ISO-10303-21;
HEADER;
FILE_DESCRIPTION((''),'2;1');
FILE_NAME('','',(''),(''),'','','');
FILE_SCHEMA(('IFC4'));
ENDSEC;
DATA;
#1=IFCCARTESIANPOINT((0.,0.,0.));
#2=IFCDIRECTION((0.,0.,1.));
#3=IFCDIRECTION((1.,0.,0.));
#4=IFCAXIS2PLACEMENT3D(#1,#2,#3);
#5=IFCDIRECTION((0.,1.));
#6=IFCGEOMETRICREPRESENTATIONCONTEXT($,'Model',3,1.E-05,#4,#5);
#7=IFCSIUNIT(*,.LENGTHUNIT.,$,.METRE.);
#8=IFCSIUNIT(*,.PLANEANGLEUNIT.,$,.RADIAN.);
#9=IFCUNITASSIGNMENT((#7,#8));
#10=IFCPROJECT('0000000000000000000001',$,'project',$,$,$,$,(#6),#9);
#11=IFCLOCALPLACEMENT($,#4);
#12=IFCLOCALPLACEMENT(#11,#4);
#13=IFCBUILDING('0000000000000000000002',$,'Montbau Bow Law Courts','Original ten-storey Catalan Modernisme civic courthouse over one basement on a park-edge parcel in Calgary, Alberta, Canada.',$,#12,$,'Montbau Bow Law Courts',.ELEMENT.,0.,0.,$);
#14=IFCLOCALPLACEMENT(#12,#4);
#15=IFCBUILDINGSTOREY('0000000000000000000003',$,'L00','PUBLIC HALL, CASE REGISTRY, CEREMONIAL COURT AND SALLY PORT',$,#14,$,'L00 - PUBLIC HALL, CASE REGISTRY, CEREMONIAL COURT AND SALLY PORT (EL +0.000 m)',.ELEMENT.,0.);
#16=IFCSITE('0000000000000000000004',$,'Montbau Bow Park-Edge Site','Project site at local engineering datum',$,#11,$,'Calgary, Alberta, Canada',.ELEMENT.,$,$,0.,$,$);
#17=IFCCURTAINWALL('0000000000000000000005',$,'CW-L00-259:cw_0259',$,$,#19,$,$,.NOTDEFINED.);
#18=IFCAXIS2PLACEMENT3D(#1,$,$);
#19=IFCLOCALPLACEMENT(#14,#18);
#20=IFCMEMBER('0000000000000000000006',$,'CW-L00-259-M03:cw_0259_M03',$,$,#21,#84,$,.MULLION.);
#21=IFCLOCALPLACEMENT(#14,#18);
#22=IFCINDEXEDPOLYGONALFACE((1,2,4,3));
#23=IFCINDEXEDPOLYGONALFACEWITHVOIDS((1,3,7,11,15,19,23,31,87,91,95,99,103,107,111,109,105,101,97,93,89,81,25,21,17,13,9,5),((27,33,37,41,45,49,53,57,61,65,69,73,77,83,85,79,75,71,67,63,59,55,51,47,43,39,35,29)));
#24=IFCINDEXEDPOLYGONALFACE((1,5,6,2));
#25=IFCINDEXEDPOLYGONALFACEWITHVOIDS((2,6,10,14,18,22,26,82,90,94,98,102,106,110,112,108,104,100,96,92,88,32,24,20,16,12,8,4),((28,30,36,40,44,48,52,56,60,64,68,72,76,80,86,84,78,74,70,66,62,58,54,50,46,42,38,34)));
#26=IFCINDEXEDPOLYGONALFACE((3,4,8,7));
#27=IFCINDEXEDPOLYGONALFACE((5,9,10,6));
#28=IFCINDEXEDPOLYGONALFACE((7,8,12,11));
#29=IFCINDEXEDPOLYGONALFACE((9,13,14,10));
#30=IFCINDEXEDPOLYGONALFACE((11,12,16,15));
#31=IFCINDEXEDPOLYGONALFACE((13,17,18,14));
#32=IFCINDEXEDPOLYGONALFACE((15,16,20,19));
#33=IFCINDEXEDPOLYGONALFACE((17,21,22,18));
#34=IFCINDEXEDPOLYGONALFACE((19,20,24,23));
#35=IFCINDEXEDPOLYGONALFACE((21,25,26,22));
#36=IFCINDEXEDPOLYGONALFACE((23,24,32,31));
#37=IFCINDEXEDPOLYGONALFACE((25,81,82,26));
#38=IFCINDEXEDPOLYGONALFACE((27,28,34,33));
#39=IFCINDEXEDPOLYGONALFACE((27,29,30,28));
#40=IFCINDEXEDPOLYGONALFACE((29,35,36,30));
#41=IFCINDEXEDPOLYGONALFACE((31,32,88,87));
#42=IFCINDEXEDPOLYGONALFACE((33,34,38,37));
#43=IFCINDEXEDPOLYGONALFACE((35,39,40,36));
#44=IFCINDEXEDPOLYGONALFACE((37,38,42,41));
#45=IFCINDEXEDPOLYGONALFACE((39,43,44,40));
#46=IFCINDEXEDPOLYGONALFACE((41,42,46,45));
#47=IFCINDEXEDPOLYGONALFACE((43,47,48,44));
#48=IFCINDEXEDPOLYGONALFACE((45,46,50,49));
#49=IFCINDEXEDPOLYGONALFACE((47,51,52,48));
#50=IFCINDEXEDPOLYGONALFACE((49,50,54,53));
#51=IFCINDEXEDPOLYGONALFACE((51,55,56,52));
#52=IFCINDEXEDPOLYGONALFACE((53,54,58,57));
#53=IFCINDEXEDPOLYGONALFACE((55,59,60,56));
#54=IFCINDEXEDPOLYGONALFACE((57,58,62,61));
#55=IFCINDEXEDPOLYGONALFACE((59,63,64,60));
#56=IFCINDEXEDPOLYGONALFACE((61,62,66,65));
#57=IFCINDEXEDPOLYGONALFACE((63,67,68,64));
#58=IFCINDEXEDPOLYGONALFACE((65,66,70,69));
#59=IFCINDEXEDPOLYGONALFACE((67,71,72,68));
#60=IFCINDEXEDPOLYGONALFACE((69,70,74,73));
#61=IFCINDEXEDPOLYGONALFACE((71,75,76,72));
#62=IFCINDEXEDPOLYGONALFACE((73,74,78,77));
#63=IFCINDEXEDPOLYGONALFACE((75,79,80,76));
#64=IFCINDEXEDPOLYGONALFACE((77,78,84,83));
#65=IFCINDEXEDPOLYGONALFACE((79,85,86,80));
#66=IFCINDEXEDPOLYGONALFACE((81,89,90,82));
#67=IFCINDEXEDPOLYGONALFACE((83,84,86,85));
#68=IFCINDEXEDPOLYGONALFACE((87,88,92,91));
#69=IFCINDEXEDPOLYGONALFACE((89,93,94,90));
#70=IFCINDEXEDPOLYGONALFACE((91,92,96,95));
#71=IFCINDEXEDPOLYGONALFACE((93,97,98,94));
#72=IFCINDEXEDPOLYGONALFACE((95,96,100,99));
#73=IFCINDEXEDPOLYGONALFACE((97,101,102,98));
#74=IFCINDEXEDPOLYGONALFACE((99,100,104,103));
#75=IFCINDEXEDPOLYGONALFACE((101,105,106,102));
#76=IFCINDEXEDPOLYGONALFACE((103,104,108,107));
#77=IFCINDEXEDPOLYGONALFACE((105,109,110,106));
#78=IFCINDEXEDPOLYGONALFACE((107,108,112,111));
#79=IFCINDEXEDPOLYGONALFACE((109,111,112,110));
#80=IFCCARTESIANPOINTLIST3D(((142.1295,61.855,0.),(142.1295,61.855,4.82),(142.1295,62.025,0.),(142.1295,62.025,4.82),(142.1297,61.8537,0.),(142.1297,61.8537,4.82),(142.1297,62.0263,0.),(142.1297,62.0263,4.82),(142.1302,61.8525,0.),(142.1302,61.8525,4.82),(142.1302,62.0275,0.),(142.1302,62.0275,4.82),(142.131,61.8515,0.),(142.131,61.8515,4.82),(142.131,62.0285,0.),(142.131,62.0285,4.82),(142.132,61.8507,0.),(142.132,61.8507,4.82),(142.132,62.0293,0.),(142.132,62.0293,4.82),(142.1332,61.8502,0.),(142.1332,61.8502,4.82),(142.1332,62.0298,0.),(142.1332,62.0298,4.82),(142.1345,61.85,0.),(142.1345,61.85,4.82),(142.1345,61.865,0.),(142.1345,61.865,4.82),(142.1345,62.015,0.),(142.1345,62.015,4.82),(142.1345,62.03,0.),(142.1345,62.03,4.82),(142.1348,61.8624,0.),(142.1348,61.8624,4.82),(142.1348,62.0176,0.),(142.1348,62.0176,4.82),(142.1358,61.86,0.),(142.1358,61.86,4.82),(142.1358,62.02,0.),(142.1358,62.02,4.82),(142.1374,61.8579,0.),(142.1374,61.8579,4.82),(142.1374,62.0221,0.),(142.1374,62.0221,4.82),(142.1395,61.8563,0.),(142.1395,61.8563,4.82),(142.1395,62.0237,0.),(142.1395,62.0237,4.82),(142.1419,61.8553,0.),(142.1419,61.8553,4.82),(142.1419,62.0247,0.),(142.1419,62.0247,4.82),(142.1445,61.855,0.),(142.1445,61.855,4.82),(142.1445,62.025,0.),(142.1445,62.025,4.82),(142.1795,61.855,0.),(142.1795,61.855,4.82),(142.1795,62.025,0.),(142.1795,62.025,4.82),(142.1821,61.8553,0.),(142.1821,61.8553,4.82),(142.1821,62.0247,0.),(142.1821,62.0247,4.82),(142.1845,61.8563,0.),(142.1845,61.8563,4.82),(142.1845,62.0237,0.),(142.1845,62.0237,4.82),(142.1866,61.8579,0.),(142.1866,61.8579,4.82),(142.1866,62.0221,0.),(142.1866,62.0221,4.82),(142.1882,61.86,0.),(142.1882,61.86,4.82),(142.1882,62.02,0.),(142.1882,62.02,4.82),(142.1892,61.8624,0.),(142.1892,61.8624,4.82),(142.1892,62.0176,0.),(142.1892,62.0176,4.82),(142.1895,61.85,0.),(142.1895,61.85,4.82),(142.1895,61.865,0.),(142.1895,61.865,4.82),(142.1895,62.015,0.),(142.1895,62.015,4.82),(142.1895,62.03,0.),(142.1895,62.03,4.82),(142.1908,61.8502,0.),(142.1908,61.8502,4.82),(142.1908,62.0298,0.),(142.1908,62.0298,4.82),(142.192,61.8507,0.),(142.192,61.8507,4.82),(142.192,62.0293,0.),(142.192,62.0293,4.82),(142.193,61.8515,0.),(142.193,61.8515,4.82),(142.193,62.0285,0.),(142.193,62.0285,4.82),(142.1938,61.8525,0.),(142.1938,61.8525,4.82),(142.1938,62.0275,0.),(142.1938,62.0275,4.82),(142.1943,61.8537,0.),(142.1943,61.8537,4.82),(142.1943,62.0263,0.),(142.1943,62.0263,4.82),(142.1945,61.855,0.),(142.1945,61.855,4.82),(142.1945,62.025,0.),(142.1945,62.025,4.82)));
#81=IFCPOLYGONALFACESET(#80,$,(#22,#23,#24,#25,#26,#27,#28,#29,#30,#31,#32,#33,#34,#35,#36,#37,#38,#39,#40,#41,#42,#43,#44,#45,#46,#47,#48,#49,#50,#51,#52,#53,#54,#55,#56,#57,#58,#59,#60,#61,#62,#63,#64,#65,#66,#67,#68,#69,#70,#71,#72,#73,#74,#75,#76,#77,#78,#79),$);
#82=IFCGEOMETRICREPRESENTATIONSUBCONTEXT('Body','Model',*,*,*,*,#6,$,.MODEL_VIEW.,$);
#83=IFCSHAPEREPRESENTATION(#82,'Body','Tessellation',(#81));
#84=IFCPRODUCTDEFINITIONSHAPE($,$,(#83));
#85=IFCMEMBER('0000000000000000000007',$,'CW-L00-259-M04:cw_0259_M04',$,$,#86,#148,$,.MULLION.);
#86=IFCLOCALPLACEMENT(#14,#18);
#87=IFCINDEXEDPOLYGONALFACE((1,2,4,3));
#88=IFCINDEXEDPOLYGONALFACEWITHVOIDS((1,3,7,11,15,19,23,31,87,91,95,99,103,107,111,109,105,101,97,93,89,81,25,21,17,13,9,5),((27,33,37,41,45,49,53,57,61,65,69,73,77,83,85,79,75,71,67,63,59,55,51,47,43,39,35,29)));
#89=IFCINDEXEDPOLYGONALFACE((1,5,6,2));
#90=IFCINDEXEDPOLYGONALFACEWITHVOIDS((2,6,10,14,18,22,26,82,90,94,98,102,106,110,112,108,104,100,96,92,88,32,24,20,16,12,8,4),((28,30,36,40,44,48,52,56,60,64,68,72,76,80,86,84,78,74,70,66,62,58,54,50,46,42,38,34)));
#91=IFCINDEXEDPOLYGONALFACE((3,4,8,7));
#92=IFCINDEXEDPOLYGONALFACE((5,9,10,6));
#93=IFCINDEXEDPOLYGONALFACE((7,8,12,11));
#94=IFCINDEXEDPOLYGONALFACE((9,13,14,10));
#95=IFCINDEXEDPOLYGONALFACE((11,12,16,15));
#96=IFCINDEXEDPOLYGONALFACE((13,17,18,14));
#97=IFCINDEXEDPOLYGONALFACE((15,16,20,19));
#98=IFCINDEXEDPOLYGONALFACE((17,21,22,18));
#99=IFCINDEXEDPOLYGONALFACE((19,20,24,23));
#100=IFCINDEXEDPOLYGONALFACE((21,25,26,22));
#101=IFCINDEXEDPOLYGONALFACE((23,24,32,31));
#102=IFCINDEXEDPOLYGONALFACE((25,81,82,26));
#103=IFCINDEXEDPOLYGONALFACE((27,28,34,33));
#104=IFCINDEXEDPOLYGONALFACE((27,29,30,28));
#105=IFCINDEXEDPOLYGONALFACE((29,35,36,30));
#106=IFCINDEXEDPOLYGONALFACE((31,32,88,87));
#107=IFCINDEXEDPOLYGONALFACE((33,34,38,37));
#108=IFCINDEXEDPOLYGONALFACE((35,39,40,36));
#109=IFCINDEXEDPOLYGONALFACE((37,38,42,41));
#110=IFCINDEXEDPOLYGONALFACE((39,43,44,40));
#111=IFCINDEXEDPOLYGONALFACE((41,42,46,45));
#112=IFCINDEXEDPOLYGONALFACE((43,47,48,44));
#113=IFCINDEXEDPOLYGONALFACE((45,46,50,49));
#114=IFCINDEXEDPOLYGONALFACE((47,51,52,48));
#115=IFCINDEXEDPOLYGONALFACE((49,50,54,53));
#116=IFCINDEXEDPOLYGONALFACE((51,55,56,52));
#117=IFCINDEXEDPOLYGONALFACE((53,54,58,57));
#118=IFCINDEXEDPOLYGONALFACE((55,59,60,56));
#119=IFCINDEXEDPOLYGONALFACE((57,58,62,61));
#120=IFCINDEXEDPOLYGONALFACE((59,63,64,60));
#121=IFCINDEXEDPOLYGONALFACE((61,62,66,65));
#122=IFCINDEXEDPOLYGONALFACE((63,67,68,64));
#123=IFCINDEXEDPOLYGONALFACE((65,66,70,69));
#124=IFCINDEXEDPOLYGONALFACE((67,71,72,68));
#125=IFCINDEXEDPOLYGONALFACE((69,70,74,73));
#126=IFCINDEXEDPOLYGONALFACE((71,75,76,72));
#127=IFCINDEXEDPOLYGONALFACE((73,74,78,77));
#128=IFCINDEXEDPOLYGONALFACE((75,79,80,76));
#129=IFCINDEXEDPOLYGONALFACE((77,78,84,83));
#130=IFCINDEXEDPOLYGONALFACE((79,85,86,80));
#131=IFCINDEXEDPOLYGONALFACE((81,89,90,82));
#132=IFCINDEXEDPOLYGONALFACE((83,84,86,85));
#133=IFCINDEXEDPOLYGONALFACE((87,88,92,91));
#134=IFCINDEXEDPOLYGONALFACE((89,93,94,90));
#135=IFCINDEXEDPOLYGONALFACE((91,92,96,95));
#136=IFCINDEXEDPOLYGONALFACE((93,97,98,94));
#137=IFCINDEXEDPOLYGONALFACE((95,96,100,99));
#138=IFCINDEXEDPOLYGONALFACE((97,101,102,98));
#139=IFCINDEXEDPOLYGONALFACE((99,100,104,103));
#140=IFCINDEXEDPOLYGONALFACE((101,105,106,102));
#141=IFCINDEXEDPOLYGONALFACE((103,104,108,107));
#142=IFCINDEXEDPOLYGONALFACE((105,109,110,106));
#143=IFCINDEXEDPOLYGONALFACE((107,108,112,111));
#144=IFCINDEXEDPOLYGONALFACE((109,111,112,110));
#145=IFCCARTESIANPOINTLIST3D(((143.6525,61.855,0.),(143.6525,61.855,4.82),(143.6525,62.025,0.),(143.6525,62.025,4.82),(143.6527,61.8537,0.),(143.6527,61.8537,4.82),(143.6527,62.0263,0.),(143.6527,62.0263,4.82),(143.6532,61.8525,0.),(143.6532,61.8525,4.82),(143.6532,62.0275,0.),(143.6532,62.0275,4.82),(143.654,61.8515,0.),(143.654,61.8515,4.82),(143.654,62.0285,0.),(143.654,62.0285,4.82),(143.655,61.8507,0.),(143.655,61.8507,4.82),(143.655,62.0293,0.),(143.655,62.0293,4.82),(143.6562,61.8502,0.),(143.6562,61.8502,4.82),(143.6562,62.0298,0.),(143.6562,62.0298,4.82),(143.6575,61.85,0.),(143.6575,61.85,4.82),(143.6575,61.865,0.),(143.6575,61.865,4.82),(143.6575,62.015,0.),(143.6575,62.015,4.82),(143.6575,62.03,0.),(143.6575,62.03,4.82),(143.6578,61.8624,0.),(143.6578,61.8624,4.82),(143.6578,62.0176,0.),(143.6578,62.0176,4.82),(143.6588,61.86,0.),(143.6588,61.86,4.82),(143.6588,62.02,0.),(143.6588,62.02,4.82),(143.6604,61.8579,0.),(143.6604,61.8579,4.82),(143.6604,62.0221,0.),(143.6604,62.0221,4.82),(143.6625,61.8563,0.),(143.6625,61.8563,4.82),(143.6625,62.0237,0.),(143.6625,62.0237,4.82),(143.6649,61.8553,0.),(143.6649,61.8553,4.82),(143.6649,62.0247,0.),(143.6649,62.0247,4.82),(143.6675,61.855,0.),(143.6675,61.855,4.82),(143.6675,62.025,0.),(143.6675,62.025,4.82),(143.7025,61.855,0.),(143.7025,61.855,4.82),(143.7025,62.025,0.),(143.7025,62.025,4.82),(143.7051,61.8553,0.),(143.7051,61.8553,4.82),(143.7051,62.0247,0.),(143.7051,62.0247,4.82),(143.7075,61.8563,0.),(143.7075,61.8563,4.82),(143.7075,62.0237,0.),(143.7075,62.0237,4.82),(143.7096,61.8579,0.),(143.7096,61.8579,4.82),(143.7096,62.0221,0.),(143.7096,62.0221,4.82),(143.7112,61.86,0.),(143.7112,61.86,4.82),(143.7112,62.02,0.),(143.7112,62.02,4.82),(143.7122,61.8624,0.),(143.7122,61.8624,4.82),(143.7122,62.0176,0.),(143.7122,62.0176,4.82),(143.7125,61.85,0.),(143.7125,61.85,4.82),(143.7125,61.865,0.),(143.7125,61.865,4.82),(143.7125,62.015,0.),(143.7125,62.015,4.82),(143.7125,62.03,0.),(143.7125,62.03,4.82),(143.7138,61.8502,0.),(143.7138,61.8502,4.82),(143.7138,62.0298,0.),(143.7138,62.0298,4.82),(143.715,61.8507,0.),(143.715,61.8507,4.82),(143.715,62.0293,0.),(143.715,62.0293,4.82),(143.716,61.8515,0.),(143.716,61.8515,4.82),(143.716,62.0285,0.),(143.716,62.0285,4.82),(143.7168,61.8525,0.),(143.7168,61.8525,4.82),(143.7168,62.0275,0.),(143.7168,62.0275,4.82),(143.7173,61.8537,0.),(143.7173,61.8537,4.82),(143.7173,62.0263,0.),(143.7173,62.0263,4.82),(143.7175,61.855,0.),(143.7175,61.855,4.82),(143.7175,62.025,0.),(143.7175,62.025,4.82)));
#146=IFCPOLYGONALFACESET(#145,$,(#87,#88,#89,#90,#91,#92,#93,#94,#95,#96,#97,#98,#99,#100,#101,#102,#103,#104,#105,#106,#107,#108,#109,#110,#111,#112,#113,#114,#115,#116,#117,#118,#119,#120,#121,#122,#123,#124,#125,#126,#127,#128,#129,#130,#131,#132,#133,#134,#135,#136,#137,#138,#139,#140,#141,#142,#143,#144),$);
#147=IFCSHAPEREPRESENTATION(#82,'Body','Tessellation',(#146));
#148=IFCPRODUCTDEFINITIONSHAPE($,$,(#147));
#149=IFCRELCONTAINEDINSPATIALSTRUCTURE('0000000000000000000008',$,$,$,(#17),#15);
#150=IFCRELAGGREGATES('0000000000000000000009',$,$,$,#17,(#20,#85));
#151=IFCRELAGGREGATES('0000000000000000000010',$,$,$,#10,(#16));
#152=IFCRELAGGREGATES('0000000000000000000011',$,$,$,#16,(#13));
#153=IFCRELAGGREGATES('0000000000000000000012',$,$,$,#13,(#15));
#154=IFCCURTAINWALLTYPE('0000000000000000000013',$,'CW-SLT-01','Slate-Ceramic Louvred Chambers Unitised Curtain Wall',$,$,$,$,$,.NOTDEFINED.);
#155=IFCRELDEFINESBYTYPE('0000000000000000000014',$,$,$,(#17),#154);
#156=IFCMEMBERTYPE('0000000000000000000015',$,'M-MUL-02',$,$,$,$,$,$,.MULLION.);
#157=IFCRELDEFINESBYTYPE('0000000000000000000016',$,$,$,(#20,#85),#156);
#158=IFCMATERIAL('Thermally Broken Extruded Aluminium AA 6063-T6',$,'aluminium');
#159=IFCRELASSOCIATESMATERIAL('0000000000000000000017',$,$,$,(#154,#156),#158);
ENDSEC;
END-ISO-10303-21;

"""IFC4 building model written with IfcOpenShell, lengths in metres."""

from ifc_helpers import new_model, si_unit, direction, frame, origin_with_axes, origin_2d_with_axis, place, context, subcontext, project, spatial, hollow_rectangle, extrude, material, material_profile, profile_set, type_object, element, aggregate, save


model = new_model("IFC4")

# Units and contexts
model_context = context("Model", 3, precision=1e-05, world=origin_with_axes(), true_north=direction((0.0, 1.0)))
body_context = subcontext(model_context, "Body", "Model", "MODEL_VIEW")
ifc_project = project(units=[si_unit("LENGTHUNIT", "METRE"), si_unit("PLANEANGLEUNIT", "RADIAN")], contexts=[model_context])

# Site, building, storey
site_placement = place(None, origin_with_axes())
site = spatial("IfcSite", under=ifc_project, at=site_placement, Name="Montbau Bow Park-Edge Site", Description="Project site at local engineering datum", LongName="Calgary, Alberta, Canada", CompositionType="ELEMENT", RefElevation=0.0)
building_placement = place(site_placement, origin_with_axes())
building = spatial("IfcBuilding", under=site, at=building_placement, Name="Montbau Bow Law Courts", Description="Original ten-storey Catalan Modernisme civic courthouse over one basement on a park-edge parcel in Calgary, Alberta, Canada.", LongName="Montbau Bow Law Courts", CompositionType="ELEMENT", ElevationOfRefHeight=0.0, ElevationOfTerrain=0.0)
storey_placement = place(building_placement, origin_with_axes())
storey = spatial("IfcBuildingStorey", under=building, at=storey_placement, Name="L00", Description="PUBLIC HALL, CASE REGISTRY, CEREMONIAL COURT AND SALLY PORT", LongName="L00 - PUBLIC HALL, CASE REGISTRY, CEREMONIAL COURT AND SALLY PORT (EL +0.000 m)", CompositionType="ELEMENT", Elevation=0.0)

# Curtain wall, members
ifc_material_1 = material(Name="Thermally Broken Extruded Aluminium AA 6063-T6", Category="aluminium")
curtain_wall_type = type_object("IfcCurtainWallType", Name="CW-SLT-01", Description="Slate-Ceramic Louvred Chambers Unitised Curtain Wall", PredefinedType="NOTDEFINED", material=ifc_material_1)
curtain_wall_placement = place(None, frame((139.115, 61.94, 0.0), z_axis=(0.0, 0.0, 1.0), x_axis=(1.0, 0.0, 0.0)))
curtain_wall = element("IfcCurtainWall", 1, at=curtain_wall_placement, inside=storey, type_object=curtain_wall_type, Name="CW-L00-259:cw_0259", PredefinedType="NOTDEFINED")
ifc_material_profile_1 = material_profile(ifc_material_1, hollow_rectangle(XDim=0.065, YDim=0.18, WallThickness=0.005, InnerFilletRadius=0.01, OuterFilletRadius=0.005, at=origin_2d_with_axis()), Name="CWM-180X65", Category="Main", Priority=0)
ifc_profile_set_1 = profile_set([ifc_material_profile_1], Name="Thermally Broken Extruded Aluminium AA 6063-T6")
member_type_1 = type_object("IfcMemberType", Name="M-MUL-02", PredefinedType="MULLION", material=ifc_profile_set_1)
member_1_placement = place(None, frame((142.162, 61.94, 0.0), z_axis=(0.0, 0.0, 1.0), x_axis=(1.0, 0.0, 0.0)))
member_1 = element("IfcMember", 2, at=member_1_placement, type_object=member_type_1, Name="CW-L00-259-M03:cw_0259_M03", PredefinedType="MULLION", context=body_context, shape_type="SweptSolid", body=[
    extrude(hollow_rectangle(XDim=0.065, YDim=0.18, WallThickness=0.005, InnerFilletRadius=0.01, OuterFilletRadius=0.005, at=origin_2d_with_axis()), origin_with_axes(), (0.0, 0.0, 1.0), 4.82),
])
member_2_placement = place(None, frame((143.685, 61.94, 0.0), z_axis=(0.0, 0.0, 1.0), x_axis=(1.0, 0.0, 0.0)))
member_2 = element("IfcMember", 3, at=member_2_placement, type_object=member_type_1, Name="CW-L00-259-M04:cw_0259_M04", PredefinedType="MULLION", context=body_context, shape_type="SweptSolid", body=[
    extrude(hollow_rectangle(XDim=0.065, YDim=0.18, WallThickness=0.005, InnerFilletRadius=0.01, OuterFilletRadius=0.005, at=origin_2d_with_axis()), origin_with_axes(), (0.0, 0.0, 1.0), 4.82),
])
aggregate(curtain_wall, [member_1, member_2])

save(model, "model.ifc")
